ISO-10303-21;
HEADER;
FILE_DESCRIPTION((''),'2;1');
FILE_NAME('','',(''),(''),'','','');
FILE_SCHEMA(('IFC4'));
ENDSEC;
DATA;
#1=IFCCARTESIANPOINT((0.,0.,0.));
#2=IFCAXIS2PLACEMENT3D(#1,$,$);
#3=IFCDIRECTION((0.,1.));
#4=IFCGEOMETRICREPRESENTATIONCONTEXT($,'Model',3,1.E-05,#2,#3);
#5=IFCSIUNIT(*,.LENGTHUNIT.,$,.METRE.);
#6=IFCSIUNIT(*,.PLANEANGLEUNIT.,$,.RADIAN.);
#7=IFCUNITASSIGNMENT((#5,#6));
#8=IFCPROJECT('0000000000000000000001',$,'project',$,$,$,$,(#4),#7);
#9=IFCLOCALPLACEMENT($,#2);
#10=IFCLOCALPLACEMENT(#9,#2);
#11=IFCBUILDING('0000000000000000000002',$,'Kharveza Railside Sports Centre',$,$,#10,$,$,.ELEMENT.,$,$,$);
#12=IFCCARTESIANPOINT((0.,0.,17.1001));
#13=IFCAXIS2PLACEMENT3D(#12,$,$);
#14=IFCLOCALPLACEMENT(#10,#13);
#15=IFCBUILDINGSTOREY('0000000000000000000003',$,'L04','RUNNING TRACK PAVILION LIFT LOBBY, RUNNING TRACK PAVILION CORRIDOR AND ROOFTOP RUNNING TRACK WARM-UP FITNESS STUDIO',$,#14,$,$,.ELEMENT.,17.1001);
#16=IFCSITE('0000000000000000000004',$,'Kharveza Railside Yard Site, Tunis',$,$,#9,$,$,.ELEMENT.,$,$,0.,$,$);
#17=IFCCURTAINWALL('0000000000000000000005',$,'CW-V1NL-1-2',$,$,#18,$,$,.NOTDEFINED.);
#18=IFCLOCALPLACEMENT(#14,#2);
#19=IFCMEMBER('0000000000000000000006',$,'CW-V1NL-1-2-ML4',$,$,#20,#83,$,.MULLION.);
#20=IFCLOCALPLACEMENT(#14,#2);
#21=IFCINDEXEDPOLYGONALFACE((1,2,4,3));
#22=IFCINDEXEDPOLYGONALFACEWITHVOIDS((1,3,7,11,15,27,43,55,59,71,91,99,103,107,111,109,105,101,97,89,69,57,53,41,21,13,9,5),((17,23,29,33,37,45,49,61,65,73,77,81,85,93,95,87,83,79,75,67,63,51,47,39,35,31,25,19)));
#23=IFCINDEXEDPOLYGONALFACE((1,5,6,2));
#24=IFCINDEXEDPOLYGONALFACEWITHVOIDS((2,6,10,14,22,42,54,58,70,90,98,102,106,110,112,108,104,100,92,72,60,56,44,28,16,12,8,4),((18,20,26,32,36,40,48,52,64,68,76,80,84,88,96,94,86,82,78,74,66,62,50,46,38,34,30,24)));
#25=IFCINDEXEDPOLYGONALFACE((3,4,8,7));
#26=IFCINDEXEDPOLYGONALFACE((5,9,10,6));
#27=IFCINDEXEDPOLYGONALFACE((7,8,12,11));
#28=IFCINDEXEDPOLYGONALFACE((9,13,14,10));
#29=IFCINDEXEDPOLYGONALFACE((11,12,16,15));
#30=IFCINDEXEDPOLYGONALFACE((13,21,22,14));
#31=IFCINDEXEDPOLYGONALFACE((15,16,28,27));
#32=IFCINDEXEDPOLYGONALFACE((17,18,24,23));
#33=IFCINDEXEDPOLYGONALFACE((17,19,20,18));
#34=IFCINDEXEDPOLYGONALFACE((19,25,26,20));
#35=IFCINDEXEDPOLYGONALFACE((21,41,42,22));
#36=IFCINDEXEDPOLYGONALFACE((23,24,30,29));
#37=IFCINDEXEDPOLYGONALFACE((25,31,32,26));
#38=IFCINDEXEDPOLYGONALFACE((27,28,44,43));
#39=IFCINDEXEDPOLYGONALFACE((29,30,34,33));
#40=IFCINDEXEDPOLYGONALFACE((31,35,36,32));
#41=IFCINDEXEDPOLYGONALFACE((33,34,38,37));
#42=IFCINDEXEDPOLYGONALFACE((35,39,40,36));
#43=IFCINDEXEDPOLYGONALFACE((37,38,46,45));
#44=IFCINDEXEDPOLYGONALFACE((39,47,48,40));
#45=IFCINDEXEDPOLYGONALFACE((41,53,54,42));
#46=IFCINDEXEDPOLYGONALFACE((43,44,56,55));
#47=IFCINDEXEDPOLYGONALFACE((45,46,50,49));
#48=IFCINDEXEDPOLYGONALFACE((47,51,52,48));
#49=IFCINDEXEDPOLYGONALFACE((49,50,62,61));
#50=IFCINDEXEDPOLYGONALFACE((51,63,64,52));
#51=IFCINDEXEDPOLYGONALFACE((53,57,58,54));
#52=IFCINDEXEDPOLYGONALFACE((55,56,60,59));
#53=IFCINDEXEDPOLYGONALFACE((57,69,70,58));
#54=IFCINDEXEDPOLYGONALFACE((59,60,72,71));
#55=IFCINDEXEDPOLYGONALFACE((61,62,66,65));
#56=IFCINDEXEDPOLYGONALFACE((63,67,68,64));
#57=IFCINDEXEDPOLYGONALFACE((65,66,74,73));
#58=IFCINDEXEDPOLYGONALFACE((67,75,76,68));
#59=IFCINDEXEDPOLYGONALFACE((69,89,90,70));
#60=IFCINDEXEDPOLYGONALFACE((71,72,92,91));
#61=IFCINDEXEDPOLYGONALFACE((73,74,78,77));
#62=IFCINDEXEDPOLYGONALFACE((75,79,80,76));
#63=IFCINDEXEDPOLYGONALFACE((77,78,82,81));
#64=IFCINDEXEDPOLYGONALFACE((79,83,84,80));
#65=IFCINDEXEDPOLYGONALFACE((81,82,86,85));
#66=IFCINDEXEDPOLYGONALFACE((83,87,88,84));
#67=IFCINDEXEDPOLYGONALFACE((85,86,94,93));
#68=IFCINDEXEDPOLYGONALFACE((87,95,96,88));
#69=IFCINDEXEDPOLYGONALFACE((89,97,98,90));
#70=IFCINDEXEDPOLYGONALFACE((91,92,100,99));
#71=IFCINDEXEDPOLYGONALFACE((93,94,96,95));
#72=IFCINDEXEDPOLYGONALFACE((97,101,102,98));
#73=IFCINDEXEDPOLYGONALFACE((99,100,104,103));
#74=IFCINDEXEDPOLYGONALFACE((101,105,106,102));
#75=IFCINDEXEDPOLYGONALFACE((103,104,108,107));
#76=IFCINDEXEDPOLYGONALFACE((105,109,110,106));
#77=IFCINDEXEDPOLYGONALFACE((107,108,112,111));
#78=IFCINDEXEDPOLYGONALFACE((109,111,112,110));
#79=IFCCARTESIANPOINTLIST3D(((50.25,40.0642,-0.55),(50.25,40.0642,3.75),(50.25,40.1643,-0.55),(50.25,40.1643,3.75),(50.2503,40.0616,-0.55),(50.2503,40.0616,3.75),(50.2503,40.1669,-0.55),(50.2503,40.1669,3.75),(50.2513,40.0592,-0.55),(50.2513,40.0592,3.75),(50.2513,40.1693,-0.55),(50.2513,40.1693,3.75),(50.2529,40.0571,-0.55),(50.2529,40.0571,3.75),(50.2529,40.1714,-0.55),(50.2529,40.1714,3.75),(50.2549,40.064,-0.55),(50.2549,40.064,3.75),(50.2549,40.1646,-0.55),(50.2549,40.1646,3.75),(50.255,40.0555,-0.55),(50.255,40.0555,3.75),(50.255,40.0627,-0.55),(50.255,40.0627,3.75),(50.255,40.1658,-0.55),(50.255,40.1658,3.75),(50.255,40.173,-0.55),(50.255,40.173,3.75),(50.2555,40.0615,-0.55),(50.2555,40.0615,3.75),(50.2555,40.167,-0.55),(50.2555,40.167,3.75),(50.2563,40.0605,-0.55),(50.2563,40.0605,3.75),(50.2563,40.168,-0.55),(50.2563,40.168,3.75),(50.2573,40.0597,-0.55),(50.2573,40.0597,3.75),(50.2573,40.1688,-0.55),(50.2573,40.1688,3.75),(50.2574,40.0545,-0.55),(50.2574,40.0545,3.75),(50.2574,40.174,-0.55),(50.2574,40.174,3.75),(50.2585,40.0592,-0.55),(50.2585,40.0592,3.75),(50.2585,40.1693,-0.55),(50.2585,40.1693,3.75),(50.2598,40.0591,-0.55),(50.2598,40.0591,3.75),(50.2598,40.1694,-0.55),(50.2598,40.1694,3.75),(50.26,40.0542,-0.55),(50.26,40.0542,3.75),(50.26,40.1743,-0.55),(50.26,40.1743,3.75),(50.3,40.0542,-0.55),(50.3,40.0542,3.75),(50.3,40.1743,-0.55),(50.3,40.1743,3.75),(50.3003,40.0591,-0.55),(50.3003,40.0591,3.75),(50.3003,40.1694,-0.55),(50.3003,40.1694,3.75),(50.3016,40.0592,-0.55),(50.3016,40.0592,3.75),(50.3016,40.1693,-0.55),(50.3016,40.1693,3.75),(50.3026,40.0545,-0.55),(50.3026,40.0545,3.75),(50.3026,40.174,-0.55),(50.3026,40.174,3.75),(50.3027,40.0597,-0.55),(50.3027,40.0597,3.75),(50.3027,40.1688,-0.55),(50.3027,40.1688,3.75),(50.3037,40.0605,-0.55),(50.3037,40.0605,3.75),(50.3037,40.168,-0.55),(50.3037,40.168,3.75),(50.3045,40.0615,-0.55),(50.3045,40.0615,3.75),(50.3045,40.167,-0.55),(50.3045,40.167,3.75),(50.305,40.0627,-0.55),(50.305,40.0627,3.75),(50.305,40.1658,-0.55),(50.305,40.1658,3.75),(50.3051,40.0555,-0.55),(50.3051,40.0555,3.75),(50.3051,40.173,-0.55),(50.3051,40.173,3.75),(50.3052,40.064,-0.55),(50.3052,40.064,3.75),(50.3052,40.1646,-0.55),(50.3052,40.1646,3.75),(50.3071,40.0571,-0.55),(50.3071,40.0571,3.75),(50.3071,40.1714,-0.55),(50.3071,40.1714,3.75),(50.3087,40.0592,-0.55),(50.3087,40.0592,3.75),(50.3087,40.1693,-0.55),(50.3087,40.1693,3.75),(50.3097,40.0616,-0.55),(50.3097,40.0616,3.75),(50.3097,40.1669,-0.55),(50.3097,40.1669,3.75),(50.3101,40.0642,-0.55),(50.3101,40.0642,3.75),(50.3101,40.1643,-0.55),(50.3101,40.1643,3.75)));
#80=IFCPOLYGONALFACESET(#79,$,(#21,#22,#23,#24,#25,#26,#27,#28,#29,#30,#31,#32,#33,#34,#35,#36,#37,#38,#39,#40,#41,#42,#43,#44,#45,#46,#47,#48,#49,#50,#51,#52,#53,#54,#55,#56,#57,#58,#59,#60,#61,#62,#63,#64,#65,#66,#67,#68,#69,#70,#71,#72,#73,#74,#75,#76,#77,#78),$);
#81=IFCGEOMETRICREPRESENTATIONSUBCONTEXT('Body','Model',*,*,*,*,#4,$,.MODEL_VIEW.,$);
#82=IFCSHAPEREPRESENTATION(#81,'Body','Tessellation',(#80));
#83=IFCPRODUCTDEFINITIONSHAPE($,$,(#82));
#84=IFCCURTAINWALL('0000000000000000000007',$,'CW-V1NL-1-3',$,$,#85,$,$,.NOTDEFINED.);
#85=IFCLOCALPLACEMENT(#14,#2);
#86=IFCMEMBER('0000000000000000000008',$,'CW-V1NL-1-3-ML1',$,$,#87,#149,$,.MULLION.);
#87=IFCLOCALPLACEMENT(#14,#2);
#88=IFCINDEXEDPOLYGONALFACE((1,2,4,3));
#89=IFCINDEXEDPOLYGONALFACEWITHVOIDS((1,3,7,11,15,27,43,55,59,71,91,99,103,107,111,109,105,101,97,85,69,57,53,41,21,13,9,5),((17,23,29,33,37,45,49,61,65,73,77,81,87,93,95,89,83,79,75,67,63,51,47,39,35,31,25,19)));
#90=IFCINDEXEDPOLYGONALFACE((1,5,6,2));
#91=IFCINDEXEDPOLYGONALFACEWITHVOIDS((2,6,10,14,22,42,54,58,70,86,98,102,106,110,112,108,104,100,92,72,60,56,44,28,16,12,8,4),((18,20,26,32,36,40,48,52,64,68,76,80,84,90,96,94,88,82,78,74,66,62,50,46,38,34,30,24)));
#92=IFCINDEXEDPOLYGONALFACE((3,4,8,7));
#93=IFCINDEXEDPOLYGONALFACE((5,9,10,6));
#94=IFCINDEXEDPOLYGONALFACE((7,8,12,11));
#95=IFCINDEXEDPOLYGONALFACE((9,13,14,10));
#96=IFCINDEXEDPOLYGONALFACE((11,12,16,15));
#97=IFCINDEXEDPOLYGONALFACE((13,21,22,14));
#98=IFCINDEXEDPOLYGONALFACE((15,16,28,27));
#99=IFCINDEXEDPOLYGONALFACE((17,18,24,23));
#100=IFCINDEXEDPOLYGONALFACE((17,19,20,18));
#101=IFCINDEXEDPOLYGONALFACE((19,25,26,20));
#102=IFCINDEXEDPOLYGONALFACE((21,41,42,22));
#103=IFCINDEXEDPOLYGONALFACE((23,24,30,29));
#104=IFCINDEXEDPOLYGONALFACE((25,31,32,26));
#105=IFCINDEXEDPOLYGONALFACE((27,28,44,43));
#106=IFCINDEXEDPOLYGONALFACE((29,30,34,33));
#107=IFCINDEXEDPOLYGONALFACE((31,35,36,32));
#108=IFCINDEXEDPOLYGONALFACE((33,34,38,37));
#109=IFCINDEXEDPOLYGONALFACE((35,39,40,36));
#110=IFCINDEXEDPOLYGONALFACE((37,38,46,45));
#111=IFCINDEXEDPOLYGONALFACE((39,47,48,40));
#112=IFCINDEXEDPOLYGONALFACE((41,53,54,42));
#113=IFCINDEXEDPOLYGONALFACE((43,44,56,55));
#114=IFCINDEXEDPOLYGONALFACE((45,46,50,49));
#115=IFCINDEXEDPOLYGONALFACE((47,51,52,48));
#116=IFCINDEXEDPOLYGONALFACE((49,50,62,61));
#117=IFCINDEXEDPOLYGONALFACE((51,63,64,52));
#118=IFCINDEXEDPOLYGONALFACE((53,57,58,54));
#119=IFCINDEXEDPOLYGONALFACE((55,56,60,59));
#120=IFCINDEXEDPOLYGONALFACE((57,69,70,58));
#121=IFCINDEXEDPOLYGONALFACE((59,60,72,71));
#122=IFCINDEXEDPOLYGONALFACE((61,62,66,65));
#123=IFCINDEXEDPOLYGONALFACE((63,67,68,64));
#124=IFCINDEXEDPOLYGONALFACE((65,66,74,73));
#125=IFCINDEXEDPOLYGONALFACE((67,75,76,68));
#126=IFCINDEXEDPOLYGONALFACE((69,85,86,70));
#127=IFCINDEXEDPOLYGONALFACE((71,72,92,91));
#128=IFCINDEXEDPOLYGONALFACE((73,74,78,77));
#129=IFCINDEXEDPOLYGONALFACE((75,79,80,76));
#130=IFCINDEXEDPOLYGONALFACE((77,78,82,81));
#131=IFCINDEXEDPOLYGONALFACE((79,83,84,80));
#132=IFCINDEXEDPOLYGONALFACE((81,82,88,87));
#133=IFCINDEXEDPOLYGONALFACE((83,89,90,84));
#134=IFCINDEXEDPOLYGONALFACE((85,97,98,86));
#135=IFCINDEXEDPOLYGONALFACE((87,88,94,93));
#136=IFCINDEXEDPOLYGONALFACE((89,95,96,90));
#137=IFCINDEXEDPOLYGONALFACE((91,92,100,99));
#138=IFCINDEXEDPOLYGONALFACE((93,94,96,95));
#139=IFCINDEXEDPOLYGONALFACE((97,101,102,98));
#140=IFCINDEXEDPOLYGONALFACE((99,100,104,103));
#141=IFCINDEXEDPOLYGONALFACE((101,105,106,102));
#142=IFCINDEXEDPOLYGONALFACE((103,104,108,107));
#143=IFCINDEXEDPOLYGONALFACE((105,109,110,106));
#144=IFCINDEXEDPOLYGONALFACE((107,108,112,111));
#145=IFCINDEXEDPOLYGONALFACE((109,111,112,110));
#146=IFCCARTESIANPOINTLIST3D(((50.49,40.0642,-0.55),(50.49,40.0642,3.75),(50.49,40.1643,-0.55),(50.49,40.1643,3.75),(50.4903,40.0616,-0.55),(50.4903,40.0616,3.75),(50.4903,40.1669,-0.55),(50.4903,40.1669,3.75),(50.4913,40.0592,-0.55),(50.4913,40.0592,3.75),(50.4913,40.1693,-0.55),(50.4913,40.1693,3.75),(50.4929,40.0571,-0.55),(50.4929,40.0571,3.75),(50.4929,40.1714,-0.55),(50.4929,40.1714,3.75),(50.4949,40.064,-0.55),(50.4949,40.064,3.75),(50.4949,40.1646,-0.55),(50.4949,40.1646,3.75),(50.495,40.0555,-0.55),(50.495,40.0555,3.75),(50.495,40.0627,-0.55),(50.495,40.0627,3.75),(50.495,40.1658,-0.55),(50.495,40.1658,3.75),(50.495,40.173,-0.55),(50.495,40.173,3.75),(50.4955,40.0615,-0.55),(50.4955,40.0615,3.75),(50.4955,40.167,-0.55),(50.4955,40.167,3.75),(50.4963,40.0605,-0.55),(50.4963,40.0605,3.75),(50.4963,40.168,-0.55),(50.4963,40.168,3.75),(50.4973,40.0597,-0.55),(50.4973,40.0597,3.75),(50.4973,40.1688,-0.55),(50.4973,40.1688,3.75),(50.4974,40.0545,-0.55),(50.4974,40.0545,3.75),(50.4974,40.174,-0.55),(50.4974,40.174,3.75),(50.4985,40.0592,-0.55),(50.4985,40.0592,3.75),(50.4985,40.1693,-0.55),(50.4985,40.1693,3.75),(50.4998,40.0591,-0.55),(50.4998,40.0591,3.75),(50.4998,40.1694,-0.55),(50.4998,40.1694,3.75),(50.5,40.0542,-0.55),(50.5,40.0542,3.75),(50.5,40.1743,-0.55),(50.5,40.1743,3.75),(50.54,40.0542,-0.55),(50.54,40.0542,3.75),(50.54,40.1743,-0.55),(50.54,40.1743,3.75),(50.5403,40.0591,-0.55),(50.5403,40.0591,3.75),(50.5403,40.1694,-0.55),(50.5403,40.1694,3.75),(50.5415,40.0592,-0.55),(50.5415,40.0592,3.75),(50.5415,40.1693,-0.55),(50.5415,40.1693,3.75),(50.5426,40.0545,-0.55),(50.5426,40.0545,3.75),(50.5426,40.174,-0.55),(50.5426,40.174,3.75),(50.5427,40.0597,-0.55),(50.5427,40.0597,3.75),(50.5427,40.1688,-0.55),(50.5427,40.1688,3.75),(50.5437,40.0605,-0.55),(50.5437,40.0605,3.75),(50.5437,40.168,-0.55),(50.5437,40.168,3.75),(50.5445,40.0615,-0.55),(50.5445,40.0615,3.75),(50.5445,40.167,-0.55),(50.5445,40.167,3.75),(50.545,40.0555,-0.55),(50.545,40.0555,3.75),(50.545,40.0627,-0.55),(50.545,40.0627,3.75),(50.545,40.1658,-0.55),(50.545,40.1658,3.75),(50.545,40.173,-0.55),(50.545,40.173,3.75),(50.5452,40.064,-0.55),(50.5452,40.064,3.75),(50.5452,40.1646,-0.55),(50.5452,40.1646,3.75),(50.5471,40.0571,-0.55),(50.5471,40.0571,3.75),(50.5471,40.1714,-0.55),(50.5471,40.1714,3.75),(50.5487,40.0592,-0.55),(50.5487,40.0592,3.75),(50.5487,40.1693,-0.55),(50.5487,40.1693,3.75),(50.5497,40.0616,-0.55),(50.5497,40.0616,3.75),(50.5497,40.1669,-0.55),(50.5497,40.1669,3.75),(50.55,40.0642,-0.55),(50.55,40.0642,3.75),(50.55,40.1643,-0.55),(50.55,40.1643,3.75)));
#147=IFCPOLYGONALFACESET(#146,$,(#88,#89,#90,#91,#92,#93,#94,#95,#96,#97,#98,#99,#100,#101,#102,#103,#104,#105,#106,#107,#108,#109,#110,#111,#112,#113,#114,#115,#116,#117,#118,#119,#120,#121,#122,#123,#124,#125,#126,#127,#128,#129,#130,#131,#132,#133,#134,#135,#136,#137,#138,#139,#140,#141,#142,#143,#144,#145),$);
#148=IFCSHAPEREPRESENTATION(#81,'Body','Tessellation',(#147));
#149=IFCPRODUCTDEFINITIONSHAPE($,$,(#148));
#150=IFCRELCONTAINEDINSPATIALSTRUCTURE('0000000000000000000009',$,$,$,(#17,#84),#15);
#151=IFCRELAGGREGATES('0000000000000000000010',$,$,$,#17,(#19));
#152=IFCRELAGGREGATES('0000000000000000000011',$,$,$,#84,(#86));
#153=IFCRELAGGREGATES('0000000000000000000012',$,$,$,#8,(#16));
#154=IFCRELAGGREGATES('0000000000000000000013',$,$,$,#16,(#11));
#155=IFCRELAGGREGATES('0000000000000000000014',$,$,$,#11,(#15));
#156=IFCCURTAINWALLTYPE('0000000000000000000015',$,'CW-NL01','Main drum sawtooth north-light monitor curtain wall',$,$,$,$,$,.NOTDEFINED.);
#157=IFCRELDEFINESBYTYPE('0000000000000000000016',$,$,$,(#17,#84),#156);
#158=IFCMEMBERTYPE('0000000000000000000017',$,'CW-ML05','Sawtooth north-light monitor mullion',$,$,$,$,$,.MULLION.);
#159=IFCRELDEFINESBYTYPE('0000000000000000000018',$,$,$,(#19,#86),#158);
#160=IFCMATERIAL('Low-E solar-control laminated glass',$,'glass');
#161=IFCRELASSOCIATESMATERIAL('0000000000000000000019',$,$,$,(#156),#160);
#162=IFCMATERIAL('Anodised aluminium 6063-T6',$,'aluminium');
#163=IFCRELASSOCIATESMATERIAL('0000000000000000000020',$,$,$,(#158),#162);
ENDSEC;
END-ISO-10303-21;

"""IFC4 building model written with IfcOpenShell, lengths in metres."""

from ifc_helpers import new_model, si_unit, direction, frame, origin, origin_2d, place, context, subcontext, project, spatial, hollow_rectangle, extrude, material, material_profile, profile_set, type_object, element, aggregate, save


model = new_model("IFC4")

# Units and contexts
model_context = context("Model", 3, precision=1e-05, world=origin(), true_north=direction((0.0, 1.0)))
body_context = subcontext(model_context, "Body", "Model", "MODEL_VIEW")
ifc_project = project(units=[si_unit("LENGTHUNIT", "METRE"), si_unit("PLANEANGLEUNIT", "RADIAN")], contexts=[model_context])

# Site, building, storey
site_placement = place(None, origin())
site = spatial("IfcSite", under=ifc_project, at=site_placement, Name="Kharveza Railside Yard Site, Tunis", CompositionType="ELEMENT", RefElevation=0.0)
building_placement = place(site_placement, origin())
building = spatial("IfcBuilding", under=site, at=building_placement, Name="Kharveza Railside Sports Centre", CompositionType="ELEMENT")
storey_placement = place(building_placement, frame((0.0, 0.0, 17.1001)))
storey = spatial("IfcBuildingStorey", under=building, at=storey_placement, Name="L04", Description="RUNNING TRACK PAVILION LIFT LOBBY, RUNNING TRACK PAVILION CORRIDOR AND ROOFTOP RUNNING TRACK WARM-UP FITNESS STUDIO", CompositionType="ELEMENT", Elevation=17.1001)

# Curtain walls, members
ifc_material_1 = material(Name="Low-E solar-control laminated glass", Category="glass")
curtain_wall_type = type_object("IfcCurtainWallType", Name="CW-NL01", Description="Main drum sawtooth north-light monitor curtain wall", PredefinedType="NOTDEFINED", material=ifc_material_1)
curtain_wall_1_placement = place(storey_placement, origin())
curtain_wall_1 = element("IfcCurtainWall", 1, at=curtain_wall_1_placement, inside=storey, type_object=curtain_wall_type, Name="CW-V1NL-1-2", PredefinedType="NOTDEFINED")
ifc_material_2 = material(Name="Anodised aluminium 6063-T6", Category="aluminium")
ifc_material_profile_1 = material_profile(ifc_material_2, hollow_rectangle(XDim=0.0601, YDim=0.1201, WallThickness=0.0049, InnerFilletRadius=0.0049, OuterFilletRadius=0.01, at=origin_2d()), Name="RHS 60x120x5.0")
ifc_profile_set_1 = profile_set([ifc_material_profile_1], Name="Anodised aluminium 6063-T6")
member_type_1 = type_object("IfcMemberType", Name="CW-ML05", Description="Sawtooth north-light monitor mullion", PredefinedType="MULLION", material=ifc_profile_set_1)
member_1_placement = place(storey_placement, frame((50.28, 40.1143, -0.55), z_axis=(0.0, 0.0, 1.0), x_axis=(1.0, 0.0, 0.0)))
member_1 = element("IfcMember", 2, at=member_1_placement, type_object=member_type_1, Name="CW-V1NL-1-2-ML4", PredefinedType="MULLION", context=body_context, shape_type="SweptSolid", body=[
    extrude(hollow_rectangle(XDim=0.0601, YDim=0.1201, WallThickness=0.0049, InnerFilletRadius=0.0049, OuterFilletRadius=0.01, at=origin_2d()), origin(), (0.0, 0.0, 1.0), 4.3),
])
curtain_wall_2_placement = place(storey_placement, origin())
curtain_wall_2 = element("IfcCurtainWall", 3, at=curtain_wall_2_placement, inside=storey, type_object=curtain_wall_type, Name="CW-V1NL-1-3", PredefinedType="NOTDEFINED")
member_2_placement = place(storey_placement, frame((50.52, 40.1143, -0.55), z_axis=(0.0, 0.0, 1.0), x_axis=(1.0, 0.0, 0.0)))
member_2 = element("IfcMember", 4, at=member_2_placement, type_object=member_type_1, Name="CW-V1NL-1-3-ML1", PredefinedType="MULLION", context=body_context, shape_type="SweptSolid", body=[
    extrude(hollow_rectangle(XDim=0.0601, YDim=0.1201, WallThickness=0.0049, InnerFilletRadius=0.0049, OuterFilletRadius=0.01, at=origin_2d()), origin(), (0.0, 0.0, 1.0), 4.3),
])

aggregate(curtain_wall_1, [member_1])
aggregate(curtain_wall_2, [member_2])

save(model, "model.ifc")
